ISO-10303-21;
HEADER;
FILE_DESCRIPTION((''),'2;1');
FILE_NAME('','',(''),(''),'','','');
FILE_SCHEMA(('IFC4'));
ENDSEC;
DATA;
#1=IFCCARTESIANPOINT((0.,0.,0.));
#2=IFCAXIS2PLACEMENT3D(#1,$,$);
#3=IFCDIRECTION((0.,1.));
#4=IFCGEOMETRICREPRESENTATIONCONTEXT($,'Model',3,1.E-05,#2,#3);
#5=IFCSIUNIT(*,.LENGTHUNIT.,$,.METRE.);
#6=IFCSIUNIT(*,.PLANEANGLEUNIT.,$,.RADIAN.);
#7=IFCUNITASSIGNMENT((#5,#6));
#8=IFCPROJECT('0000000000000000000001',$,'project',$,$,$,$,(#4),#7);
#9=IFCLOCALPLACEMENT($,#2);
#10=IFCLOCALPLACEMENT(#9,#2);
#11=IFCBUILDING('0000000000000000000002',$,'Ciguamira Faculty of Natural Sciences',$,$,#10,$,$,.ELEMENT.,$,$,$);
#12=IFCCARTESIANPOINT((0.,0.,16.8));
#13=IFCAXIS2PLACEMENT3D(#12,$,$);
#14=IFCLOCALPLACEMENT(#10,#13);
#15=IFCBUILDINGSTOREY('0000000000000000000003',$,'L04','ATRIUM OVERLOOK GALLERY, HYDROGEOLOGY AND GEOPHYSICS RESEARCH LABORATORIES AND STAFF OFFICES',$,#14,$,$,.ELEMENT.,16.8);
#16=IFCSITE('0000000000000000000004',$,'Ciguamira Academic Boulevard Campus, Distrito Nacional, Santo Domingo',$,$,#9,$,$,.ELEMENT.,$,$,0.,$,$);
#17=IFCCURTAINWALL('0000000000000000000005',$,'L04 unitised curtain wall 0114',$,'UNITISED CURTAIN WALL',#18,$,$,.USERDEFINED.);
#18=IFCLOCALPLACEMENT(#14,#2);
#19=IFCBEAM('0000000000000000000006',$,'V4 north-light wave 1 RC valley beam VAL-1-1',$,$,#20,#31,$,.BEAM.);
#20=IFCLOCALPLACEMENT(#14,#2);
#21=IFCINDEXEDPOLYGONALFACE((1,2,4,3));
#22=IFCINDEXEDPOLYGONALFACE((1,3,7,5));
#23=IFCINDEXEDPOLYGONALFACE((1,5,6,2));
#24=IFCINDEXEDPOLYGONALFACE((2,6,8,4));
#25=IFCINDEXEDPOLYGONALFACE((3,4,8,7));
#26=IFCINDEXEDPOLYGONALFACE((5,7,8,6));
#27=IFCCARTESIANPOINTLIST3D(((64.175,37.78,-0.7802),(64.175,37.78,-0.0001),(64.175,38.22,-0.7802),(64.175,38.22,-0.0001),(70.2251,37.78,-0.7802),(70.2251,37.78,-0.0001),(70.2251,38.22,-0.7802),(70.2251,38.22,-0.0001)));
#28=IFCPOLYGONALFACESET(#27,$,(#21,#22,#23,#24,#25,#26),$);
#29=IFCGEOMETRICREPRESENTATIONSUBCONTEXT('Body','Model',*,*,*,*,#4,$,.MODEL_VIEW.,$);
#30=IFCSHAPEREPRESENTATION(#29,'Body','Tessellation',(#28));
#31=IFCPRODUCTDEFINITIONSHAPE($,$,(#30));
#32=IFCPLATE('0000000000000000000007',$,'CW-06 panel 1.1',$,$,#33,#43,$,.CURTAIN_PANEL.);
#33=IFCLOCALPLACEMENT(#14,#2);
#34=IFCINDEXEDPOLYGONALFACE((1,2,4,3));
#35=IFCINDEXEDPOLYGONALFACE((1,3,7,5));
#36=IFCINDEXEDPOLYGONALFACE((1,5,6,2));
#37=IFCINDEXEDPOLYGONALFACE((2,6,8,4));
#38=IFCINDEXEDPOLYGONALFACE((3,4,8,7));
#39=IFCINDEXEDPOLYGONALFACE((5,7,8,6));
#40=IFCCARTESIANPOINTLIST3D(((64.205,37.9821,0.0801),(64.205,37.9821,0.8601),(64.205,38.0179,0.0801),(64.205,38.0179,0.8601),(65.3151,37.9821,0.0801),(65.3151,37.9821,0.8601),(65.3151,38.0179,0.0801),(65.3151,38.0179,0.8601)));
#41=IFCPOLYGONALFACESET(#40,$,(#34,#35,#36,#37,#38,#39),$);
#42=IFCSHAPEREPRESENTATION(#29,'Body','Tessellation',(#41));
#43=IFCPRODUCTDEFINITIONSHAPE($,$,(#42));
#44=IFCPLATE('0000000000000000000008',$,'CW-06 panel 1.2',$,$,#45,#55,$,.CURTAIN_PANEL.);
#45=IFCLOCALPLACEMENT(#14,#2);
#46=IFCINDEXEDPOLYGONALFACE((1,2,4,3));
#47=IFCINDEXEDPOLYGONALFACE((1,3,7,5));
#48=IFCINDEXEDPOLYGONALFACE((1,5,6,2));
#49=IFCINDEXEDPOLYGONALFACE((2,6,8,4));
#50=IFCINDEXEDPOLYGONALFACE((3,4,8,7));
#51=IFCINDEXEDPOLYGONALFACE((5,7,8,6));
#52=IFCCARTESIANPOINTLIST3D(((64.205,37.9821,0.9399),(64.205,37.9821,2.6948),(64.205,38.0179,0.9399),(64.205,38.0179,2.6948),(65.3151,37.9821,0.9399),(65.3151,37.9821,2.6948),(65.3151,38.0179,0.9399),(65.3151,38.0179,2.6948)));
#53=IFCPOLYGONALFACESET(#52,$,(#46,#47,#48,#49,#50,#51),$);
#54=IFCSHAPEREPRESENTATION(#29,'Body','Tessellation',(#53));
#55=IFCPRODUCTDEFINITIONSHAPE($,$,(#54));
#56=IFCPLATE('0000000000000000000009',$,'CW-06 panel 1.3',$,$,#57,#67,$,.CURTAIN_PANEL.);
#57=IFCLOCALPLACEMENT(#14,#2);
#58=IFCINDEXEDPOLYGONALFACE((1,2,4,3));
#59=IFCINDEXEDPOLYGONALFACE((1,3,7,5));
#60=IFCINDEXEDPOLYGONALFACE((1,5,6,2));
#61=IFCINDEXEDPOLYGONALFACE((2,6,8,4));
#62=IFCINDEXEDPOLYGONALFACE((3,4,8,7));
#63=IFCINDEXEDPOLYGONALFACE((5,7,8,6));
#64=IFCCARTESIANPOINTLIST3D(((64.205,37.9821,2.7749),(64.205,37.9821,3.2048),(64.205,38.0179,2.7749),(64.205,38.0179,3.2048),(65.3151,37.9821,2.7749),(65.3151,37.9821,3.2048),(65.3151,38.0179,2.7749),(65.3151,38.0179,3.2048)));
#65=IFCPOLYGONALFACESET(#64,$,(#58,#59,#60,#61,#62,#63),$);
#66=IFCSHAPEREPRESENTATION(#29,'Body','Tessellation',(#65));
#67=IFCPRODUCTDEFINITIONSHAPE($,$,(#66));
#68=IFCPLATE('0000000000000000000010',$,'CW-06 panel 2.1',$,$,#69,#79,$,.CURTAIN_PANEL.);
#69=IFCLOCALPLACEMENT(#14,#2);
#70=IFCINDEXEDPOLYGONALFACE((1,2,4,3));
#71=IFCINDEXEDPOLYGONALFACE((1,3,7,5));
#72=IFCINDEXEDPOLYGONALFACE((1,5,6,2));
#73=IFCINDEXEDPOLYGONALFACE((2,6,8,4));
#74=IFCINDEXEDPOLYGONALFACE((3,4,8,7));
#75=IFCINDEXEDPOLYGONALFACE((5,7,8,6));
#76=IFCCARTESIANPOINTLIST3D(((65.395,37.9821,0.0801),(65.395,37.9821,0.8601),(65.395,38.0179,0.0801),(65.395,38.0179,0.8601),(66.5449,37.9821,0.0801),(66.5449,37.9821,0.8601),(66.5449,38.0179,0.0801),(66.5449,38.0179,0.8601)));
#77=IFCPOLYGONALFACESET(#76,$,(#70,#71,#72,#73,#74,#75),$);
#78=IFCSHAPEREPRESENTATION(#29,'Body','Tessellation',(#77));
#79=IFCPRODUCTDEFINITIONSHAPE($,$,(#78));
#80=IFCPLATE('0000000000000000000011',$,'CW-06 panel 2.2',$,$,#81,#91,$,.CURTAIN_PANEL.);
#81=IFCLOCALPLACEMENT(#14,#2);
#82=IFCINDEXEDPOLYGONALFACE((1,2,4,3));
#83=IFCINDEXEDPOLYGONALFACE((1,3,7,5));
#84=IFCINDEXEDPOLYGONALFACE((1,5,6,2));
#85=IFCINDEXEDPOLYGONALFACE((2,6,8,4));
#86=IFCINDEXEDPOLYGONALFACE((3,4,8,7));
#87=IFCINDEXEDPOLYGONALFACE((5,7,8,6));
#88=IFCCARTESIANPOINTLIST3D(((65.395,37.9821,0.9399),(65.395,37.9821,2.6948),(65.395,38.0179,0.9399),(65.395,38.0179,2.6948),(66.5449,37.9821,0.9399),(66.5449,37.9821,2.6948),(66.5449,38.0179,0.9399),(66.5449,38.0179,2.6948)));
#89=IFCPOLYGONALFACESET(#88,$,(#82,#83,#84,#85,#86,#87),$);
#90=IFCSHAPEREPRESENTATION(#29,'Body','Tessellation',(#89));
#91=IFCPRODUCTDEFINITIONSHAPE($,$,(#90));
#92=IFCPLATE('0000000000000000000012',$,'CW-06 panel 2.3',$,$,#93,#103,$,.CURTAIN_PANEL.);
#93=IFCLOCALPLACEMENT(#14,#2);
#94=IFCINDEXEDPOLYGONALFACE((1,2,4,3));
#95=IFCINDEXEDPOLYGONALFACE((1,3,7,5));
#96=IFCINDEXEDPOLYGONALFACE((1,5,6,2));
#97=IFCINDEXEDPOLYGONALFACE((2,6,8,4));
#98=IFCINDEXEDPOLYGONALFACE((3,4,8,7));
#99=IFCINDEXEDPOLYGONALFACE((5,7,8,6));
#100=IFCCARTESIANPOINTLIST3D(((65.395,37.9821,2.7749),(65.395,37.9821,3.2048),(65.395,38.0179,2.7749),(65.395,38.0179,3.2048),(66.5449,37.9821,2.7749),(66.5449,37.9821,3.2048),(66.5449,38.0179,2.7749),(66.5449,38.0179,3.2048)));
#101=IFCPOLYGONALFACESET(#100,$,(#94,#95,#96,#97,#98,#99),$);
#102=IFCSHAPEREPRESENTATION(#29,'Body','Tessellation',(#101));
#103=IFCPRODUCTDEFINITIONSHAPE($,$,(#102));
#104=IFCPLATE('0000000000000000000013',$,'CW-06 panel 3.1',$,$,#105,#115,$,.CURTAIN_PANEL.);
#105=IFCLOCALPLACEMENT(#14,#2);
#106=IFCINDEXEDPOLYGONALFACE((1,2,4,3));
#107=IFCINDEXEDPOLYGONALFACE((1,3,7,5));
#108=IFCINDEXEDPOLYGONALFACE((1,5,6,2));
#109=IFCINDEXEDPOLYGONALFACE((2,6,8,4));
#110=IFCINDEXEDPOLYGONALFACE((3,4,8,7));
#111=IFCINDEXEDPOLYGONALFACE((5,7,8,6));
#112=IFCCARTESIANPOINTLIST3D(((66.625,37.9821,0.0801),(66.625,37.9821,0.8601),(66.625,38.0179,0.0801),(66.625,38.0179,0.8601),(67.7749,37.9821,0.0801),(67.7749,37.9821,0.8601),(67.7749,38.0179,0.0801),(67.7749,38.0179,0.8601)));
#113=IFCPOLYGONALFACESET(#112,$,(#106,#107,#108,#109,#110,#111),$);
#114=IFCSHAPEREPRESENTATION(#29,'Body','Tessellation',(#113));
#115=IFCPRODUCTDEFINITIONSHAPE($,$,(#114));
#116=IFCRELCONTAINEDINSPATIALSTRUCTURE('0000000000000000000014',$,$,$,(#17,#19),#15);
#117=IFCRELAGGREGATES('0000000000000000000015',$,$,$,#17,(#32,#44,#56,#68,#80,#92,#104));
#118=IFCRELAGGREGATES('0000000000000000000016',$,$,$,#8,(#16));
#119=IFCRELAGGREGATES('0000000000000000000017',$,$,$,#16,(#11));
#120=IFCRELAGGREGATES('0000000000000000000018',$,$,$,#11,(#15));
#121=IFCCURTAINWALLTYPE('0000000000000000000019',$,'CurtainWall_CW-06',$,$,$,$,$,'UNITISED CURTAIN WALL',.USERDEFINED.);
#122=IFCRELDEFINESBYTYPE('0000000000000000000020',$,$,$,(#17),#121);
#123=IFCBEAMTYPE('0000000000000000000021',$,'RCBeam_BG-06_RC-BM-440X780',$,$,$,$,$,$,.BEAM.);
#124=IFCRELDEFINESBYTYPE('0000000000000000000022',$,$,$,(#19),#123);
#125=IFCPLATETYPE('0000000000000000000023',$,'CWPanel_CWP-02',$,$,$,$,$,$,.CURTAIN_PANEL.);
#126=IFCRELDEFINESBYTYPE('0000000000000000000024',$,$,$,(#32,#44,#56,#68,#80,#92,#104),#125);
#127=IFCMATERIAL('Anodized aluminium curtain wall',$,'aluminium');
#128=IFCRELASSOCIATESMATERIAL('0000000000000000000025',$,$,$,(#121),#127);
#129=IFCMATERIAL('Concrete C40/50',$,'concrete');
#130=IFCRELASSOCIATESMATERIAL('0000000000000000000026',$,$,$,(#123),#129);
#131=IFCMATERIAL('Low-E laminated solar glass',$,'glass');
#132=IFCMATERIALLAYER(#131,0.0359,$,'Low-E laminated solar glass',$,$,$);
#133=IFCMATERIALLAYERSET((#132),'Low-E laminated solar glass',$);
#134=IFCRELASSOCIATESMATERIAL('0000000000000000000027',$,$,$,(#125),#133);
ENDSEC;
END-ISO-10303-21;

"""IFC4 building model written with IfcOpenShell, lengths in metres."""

from ifc_helpers import new_model, si_unit, direction, frame, origin, origin_2d, place, context, subcontext, project, spatial, rectangle, extrude, material, layer, layer_set, material_profile, profile_set, type_object, element, aggregate, save


model = new_model("IFC4")

# Units and contexts
model_context = context("Model", 3, precision=1e-05, world=origin(), true_north=direction((0.0, 1.0)))
body_context = subcontext(model_context, "Body", "Model", "MODEL_VIEW")
ifc_project = project(units=[si_unit("LENGTHUNIT", "METRE"), si_unit("PLANEANGLEUNIT", "RADIAN")], contexts=[model_context])

# Site, building, storey
site_placement = place(None, origin())
site = spatial("IfcSite", under=ifc_project, at=site_placement, Name="Ciguamira Academic Boulevard Campus, Distrito Nacional, Santo Domingo", CompositionType="ELEMENT", RefElevation=0.0)
building_placement = place(site_placement, origin())
building = spatial("IfcBuilding", under=site, at=building_placement, Name="Ciguamira Faculty of Natural Sciences", CompositionType="ELEMENT")
storey_placement = place(building_placement, frame((0.0, 0.0, 16.8)))
storey = spatial("IfcBuildingStorey", under=building, at=storey_placement, Name="L04", Description="ATRIUM OVERLOOK GALLERY, HYDROGEOLOGY AND GEOPHYSICS RESEARCH LABORATORIES AND STAFF OFFICES", CompositionType="ELEMENT", Elevation=16.8)

# Curtain wall
ifc_material_1 = material(Name="Anodized aluminium curtain wall", Category="aluminium")
curtain_wall_type = type_object("IfcCurtainWallType", Name="CurtainWall_CW-06", ElementType="UNITISED CURTAIN WALL", PredefinedType="USERDEFINED", material=ifc_material_1)
curtain_wall_placement = place(storey_placement, origin())
curtain_wall = element("IfcCurtainWall", 1, at=curtain_wall_placement, inside=storey, type_object=curtain_wall_type, Name="L04 unitised curtain wall 0114", ObjectType="UNITISED CURTAIN WALL", PredefinedType="USERDEFINED")

# Beam
ifc_material_2 = material(Name="Concrete C40/50", Category="concrete")
ifc_material_profile_1 = material_profile(ifc_material_2, rectangle(XDim=0.4399, YDim=0.78, at=origin_2d()), Name="RC-BM-440X780")
ifc_profile_set_1 = profile_set([ifc_material_profile_1], Name="Concrete C40/50")
beam_type = type_object("IfcBeamType", Name="RCBeam_BG-06_RC-BM-440X780", PredefinedType="BEAM", material=ifc_profile_set_1)
beam_placement = place(storey_placement, frame((64.175, 38.0, -0.3901), z_axis=(1.0, 0.0, 0.0), x_axis=(0.0, 1.0, 0.0)))
element("IfcBeam", 2, at=beam_placement, inside=storey, type_object=beam_type, Name="V4 north-light wave 1 RC valley beam VAL-1-1", PredefinedType="BEAM", context=body_context, shape_type="SweptSolid", body=[
    extrude(rectangle(XDim=0.4399, YDim=0.78, at=origin_2d()), origin(), (0.0, 0.0, 1.0), 6.05),
])

# Plates
ifc_material_3 = material(Name="Low-E laminated solar glass", Category="glass")
ifc_layer = layer(ifc_material_3, 0.0359, Name="Low-E laminated solar glass")
ifc_layer_set = layer_set([ifc_layer], Name="Low-E laminated solar glass")
plate_type = type_object("IfcPlateType", Name="CWPanel_CWP-02", PredefinedType="CURTAIN_PANEL", material=ifc_layer_set)
plate_1_placement = place(storey_placement, frame((64.76, 38.0, 0.0801), z_axis=(0.0, 0.0, 1.0), x_axis=(1.0, 0.0, 0.0)))
plate_1 = element("IfcPlate", 3, at=plate_1_placement, type_object=plate_type, Name="CW-06 panel 1.1", PredefinedType="CURTAIN_PANEL", context=body_context, shape_type="SweptSolid", body=[
    extrude(rectangle(XDim=1.1101, YDim=0.0359, at=origin_2d()), origin(), (0.0, 0.0, 1.0), 0.78),
])
plate_2_placement = place(storey_placement, frame((64.76, 38.0, 0.9399), z_axis=(0.0, 0.0, 1.0), x_axis=(1.0, 0.0, 0.0)))
plate_2 = element("IfcPlate", 4, at=plate_2_placement, type_object=plate_type, Name="CW-06 panel 1.2", PredefinedType="CURTAIN_PANEL", context=body_context, shape_type="SweptSolid", body=[
    extrude(rectangle(XDim=1.1101, YDim=0.0359, at=origin_2d()), origin(), (0.0, 0.0, 1.0), 1.7549),
])
plate_3_placement = place(storey_placement, frame((64.76, 38.0, 2.7749), z_axis=(0.0, 0.0, 1.0), x_axis=(1.0, 0.0, 0.0)))
plate_3 = element("IfcPlate", 5, at=plate_3_placement, type_object=plate_type, Name="CW-06 panel 1.3", PredefinedType="CURTAIN_PANEL", context=body_context, shape_type="SweptSolid", body=[
    extrude(rectangle(XDim=1.1101, YDim=0.0359, at=origin_2d()), origin(), (0.0, 0.0, 1.0), 0.4299),
])
plate_4_placement = place(storey_placement, frame((65.97, 38.0, 0.0801), z_axis=(0.0, 0.0, 1.0), x_axis=(1.0, 0.0, 0.0)))
plate_4 = element("IfcPlate", 6, at=plate_4_placement, type_object=plate_type, Name="CW-06 panel 2.1", PredefinedType="CURTAIN_PANEL", context=body_context, shape_type="SweptSolid", body=[
    extrude(rectangle(XDim=1.1499, YDim=0.0359, at=origin_2d()), origin(), (0.0, 0.0, 1.0), 0.78),
])
plate_5_placement = place(storey_placement, frame((65.97, 38.0, 0.9399), z_axis=(0.0, 0.0, 1.0), x_axis=(1.0, 0.0, 0.0)))
plate_5 = element("IfcPlate", 7, at=plate_5_placement, type_object=plate_type, Name="CW-06 panel 2.2", PredefinedType="CURTAIN_PANEL", context=body_context, shape_type="SweptSolid", body=[
    extrude(rectangle(XDim=1.1499, YDim=0.0359, at=origin_2d()), origin(), (0.0, 0.0, 1.0), 1.7549),
])
plate_6_placement = place(storey_placement, frame((65.97, 38.0, 2.7749), z_axis=(0.0, 0.0, 1.0), x_axis=(1.0, 0.0, 0.0)))
plate_6 = element("IfcPlate", 8, at=plate_6_placement, type_object=plate_type, Name="CW-06 panel 2.3", PredefinedType="CURTAIN_PANEL", context=body_context, shape_type="SweptSolid", body=[
    extrude(rectangle(XDim=1.1499, YDim=0.0359, at=origin_2d()), origin(), (0.0, 0.0, 1.0), 0.4299),
])
plate_7_placement = place(storey_placement, frame((67.2, 38.0, 0.0801), z_axis=(0.0, 0.0, 1.0), x_axis=(1.0, 0.0, 0.0)))
plate_7 = element("IfcPlate", 9, at=plate_7_placement, type_object=plate_type, Name="CW-06 panel 3.1", PredefinedType="CURTAIN_PANEL", context=body_context, shape_type="SweptSolid", body=[
    extrude(rectangle(XDim=1.1499, YDim=0.0359, at=origin_2d()), origin(), (0.0, 0.0, 1.0), 0.78),
])
aggregate(curtain_wall, [plate_1, plate_2, plate_3, plate_4, plate_5, plate_6, plate_7])

save(model, "model.ifc")
